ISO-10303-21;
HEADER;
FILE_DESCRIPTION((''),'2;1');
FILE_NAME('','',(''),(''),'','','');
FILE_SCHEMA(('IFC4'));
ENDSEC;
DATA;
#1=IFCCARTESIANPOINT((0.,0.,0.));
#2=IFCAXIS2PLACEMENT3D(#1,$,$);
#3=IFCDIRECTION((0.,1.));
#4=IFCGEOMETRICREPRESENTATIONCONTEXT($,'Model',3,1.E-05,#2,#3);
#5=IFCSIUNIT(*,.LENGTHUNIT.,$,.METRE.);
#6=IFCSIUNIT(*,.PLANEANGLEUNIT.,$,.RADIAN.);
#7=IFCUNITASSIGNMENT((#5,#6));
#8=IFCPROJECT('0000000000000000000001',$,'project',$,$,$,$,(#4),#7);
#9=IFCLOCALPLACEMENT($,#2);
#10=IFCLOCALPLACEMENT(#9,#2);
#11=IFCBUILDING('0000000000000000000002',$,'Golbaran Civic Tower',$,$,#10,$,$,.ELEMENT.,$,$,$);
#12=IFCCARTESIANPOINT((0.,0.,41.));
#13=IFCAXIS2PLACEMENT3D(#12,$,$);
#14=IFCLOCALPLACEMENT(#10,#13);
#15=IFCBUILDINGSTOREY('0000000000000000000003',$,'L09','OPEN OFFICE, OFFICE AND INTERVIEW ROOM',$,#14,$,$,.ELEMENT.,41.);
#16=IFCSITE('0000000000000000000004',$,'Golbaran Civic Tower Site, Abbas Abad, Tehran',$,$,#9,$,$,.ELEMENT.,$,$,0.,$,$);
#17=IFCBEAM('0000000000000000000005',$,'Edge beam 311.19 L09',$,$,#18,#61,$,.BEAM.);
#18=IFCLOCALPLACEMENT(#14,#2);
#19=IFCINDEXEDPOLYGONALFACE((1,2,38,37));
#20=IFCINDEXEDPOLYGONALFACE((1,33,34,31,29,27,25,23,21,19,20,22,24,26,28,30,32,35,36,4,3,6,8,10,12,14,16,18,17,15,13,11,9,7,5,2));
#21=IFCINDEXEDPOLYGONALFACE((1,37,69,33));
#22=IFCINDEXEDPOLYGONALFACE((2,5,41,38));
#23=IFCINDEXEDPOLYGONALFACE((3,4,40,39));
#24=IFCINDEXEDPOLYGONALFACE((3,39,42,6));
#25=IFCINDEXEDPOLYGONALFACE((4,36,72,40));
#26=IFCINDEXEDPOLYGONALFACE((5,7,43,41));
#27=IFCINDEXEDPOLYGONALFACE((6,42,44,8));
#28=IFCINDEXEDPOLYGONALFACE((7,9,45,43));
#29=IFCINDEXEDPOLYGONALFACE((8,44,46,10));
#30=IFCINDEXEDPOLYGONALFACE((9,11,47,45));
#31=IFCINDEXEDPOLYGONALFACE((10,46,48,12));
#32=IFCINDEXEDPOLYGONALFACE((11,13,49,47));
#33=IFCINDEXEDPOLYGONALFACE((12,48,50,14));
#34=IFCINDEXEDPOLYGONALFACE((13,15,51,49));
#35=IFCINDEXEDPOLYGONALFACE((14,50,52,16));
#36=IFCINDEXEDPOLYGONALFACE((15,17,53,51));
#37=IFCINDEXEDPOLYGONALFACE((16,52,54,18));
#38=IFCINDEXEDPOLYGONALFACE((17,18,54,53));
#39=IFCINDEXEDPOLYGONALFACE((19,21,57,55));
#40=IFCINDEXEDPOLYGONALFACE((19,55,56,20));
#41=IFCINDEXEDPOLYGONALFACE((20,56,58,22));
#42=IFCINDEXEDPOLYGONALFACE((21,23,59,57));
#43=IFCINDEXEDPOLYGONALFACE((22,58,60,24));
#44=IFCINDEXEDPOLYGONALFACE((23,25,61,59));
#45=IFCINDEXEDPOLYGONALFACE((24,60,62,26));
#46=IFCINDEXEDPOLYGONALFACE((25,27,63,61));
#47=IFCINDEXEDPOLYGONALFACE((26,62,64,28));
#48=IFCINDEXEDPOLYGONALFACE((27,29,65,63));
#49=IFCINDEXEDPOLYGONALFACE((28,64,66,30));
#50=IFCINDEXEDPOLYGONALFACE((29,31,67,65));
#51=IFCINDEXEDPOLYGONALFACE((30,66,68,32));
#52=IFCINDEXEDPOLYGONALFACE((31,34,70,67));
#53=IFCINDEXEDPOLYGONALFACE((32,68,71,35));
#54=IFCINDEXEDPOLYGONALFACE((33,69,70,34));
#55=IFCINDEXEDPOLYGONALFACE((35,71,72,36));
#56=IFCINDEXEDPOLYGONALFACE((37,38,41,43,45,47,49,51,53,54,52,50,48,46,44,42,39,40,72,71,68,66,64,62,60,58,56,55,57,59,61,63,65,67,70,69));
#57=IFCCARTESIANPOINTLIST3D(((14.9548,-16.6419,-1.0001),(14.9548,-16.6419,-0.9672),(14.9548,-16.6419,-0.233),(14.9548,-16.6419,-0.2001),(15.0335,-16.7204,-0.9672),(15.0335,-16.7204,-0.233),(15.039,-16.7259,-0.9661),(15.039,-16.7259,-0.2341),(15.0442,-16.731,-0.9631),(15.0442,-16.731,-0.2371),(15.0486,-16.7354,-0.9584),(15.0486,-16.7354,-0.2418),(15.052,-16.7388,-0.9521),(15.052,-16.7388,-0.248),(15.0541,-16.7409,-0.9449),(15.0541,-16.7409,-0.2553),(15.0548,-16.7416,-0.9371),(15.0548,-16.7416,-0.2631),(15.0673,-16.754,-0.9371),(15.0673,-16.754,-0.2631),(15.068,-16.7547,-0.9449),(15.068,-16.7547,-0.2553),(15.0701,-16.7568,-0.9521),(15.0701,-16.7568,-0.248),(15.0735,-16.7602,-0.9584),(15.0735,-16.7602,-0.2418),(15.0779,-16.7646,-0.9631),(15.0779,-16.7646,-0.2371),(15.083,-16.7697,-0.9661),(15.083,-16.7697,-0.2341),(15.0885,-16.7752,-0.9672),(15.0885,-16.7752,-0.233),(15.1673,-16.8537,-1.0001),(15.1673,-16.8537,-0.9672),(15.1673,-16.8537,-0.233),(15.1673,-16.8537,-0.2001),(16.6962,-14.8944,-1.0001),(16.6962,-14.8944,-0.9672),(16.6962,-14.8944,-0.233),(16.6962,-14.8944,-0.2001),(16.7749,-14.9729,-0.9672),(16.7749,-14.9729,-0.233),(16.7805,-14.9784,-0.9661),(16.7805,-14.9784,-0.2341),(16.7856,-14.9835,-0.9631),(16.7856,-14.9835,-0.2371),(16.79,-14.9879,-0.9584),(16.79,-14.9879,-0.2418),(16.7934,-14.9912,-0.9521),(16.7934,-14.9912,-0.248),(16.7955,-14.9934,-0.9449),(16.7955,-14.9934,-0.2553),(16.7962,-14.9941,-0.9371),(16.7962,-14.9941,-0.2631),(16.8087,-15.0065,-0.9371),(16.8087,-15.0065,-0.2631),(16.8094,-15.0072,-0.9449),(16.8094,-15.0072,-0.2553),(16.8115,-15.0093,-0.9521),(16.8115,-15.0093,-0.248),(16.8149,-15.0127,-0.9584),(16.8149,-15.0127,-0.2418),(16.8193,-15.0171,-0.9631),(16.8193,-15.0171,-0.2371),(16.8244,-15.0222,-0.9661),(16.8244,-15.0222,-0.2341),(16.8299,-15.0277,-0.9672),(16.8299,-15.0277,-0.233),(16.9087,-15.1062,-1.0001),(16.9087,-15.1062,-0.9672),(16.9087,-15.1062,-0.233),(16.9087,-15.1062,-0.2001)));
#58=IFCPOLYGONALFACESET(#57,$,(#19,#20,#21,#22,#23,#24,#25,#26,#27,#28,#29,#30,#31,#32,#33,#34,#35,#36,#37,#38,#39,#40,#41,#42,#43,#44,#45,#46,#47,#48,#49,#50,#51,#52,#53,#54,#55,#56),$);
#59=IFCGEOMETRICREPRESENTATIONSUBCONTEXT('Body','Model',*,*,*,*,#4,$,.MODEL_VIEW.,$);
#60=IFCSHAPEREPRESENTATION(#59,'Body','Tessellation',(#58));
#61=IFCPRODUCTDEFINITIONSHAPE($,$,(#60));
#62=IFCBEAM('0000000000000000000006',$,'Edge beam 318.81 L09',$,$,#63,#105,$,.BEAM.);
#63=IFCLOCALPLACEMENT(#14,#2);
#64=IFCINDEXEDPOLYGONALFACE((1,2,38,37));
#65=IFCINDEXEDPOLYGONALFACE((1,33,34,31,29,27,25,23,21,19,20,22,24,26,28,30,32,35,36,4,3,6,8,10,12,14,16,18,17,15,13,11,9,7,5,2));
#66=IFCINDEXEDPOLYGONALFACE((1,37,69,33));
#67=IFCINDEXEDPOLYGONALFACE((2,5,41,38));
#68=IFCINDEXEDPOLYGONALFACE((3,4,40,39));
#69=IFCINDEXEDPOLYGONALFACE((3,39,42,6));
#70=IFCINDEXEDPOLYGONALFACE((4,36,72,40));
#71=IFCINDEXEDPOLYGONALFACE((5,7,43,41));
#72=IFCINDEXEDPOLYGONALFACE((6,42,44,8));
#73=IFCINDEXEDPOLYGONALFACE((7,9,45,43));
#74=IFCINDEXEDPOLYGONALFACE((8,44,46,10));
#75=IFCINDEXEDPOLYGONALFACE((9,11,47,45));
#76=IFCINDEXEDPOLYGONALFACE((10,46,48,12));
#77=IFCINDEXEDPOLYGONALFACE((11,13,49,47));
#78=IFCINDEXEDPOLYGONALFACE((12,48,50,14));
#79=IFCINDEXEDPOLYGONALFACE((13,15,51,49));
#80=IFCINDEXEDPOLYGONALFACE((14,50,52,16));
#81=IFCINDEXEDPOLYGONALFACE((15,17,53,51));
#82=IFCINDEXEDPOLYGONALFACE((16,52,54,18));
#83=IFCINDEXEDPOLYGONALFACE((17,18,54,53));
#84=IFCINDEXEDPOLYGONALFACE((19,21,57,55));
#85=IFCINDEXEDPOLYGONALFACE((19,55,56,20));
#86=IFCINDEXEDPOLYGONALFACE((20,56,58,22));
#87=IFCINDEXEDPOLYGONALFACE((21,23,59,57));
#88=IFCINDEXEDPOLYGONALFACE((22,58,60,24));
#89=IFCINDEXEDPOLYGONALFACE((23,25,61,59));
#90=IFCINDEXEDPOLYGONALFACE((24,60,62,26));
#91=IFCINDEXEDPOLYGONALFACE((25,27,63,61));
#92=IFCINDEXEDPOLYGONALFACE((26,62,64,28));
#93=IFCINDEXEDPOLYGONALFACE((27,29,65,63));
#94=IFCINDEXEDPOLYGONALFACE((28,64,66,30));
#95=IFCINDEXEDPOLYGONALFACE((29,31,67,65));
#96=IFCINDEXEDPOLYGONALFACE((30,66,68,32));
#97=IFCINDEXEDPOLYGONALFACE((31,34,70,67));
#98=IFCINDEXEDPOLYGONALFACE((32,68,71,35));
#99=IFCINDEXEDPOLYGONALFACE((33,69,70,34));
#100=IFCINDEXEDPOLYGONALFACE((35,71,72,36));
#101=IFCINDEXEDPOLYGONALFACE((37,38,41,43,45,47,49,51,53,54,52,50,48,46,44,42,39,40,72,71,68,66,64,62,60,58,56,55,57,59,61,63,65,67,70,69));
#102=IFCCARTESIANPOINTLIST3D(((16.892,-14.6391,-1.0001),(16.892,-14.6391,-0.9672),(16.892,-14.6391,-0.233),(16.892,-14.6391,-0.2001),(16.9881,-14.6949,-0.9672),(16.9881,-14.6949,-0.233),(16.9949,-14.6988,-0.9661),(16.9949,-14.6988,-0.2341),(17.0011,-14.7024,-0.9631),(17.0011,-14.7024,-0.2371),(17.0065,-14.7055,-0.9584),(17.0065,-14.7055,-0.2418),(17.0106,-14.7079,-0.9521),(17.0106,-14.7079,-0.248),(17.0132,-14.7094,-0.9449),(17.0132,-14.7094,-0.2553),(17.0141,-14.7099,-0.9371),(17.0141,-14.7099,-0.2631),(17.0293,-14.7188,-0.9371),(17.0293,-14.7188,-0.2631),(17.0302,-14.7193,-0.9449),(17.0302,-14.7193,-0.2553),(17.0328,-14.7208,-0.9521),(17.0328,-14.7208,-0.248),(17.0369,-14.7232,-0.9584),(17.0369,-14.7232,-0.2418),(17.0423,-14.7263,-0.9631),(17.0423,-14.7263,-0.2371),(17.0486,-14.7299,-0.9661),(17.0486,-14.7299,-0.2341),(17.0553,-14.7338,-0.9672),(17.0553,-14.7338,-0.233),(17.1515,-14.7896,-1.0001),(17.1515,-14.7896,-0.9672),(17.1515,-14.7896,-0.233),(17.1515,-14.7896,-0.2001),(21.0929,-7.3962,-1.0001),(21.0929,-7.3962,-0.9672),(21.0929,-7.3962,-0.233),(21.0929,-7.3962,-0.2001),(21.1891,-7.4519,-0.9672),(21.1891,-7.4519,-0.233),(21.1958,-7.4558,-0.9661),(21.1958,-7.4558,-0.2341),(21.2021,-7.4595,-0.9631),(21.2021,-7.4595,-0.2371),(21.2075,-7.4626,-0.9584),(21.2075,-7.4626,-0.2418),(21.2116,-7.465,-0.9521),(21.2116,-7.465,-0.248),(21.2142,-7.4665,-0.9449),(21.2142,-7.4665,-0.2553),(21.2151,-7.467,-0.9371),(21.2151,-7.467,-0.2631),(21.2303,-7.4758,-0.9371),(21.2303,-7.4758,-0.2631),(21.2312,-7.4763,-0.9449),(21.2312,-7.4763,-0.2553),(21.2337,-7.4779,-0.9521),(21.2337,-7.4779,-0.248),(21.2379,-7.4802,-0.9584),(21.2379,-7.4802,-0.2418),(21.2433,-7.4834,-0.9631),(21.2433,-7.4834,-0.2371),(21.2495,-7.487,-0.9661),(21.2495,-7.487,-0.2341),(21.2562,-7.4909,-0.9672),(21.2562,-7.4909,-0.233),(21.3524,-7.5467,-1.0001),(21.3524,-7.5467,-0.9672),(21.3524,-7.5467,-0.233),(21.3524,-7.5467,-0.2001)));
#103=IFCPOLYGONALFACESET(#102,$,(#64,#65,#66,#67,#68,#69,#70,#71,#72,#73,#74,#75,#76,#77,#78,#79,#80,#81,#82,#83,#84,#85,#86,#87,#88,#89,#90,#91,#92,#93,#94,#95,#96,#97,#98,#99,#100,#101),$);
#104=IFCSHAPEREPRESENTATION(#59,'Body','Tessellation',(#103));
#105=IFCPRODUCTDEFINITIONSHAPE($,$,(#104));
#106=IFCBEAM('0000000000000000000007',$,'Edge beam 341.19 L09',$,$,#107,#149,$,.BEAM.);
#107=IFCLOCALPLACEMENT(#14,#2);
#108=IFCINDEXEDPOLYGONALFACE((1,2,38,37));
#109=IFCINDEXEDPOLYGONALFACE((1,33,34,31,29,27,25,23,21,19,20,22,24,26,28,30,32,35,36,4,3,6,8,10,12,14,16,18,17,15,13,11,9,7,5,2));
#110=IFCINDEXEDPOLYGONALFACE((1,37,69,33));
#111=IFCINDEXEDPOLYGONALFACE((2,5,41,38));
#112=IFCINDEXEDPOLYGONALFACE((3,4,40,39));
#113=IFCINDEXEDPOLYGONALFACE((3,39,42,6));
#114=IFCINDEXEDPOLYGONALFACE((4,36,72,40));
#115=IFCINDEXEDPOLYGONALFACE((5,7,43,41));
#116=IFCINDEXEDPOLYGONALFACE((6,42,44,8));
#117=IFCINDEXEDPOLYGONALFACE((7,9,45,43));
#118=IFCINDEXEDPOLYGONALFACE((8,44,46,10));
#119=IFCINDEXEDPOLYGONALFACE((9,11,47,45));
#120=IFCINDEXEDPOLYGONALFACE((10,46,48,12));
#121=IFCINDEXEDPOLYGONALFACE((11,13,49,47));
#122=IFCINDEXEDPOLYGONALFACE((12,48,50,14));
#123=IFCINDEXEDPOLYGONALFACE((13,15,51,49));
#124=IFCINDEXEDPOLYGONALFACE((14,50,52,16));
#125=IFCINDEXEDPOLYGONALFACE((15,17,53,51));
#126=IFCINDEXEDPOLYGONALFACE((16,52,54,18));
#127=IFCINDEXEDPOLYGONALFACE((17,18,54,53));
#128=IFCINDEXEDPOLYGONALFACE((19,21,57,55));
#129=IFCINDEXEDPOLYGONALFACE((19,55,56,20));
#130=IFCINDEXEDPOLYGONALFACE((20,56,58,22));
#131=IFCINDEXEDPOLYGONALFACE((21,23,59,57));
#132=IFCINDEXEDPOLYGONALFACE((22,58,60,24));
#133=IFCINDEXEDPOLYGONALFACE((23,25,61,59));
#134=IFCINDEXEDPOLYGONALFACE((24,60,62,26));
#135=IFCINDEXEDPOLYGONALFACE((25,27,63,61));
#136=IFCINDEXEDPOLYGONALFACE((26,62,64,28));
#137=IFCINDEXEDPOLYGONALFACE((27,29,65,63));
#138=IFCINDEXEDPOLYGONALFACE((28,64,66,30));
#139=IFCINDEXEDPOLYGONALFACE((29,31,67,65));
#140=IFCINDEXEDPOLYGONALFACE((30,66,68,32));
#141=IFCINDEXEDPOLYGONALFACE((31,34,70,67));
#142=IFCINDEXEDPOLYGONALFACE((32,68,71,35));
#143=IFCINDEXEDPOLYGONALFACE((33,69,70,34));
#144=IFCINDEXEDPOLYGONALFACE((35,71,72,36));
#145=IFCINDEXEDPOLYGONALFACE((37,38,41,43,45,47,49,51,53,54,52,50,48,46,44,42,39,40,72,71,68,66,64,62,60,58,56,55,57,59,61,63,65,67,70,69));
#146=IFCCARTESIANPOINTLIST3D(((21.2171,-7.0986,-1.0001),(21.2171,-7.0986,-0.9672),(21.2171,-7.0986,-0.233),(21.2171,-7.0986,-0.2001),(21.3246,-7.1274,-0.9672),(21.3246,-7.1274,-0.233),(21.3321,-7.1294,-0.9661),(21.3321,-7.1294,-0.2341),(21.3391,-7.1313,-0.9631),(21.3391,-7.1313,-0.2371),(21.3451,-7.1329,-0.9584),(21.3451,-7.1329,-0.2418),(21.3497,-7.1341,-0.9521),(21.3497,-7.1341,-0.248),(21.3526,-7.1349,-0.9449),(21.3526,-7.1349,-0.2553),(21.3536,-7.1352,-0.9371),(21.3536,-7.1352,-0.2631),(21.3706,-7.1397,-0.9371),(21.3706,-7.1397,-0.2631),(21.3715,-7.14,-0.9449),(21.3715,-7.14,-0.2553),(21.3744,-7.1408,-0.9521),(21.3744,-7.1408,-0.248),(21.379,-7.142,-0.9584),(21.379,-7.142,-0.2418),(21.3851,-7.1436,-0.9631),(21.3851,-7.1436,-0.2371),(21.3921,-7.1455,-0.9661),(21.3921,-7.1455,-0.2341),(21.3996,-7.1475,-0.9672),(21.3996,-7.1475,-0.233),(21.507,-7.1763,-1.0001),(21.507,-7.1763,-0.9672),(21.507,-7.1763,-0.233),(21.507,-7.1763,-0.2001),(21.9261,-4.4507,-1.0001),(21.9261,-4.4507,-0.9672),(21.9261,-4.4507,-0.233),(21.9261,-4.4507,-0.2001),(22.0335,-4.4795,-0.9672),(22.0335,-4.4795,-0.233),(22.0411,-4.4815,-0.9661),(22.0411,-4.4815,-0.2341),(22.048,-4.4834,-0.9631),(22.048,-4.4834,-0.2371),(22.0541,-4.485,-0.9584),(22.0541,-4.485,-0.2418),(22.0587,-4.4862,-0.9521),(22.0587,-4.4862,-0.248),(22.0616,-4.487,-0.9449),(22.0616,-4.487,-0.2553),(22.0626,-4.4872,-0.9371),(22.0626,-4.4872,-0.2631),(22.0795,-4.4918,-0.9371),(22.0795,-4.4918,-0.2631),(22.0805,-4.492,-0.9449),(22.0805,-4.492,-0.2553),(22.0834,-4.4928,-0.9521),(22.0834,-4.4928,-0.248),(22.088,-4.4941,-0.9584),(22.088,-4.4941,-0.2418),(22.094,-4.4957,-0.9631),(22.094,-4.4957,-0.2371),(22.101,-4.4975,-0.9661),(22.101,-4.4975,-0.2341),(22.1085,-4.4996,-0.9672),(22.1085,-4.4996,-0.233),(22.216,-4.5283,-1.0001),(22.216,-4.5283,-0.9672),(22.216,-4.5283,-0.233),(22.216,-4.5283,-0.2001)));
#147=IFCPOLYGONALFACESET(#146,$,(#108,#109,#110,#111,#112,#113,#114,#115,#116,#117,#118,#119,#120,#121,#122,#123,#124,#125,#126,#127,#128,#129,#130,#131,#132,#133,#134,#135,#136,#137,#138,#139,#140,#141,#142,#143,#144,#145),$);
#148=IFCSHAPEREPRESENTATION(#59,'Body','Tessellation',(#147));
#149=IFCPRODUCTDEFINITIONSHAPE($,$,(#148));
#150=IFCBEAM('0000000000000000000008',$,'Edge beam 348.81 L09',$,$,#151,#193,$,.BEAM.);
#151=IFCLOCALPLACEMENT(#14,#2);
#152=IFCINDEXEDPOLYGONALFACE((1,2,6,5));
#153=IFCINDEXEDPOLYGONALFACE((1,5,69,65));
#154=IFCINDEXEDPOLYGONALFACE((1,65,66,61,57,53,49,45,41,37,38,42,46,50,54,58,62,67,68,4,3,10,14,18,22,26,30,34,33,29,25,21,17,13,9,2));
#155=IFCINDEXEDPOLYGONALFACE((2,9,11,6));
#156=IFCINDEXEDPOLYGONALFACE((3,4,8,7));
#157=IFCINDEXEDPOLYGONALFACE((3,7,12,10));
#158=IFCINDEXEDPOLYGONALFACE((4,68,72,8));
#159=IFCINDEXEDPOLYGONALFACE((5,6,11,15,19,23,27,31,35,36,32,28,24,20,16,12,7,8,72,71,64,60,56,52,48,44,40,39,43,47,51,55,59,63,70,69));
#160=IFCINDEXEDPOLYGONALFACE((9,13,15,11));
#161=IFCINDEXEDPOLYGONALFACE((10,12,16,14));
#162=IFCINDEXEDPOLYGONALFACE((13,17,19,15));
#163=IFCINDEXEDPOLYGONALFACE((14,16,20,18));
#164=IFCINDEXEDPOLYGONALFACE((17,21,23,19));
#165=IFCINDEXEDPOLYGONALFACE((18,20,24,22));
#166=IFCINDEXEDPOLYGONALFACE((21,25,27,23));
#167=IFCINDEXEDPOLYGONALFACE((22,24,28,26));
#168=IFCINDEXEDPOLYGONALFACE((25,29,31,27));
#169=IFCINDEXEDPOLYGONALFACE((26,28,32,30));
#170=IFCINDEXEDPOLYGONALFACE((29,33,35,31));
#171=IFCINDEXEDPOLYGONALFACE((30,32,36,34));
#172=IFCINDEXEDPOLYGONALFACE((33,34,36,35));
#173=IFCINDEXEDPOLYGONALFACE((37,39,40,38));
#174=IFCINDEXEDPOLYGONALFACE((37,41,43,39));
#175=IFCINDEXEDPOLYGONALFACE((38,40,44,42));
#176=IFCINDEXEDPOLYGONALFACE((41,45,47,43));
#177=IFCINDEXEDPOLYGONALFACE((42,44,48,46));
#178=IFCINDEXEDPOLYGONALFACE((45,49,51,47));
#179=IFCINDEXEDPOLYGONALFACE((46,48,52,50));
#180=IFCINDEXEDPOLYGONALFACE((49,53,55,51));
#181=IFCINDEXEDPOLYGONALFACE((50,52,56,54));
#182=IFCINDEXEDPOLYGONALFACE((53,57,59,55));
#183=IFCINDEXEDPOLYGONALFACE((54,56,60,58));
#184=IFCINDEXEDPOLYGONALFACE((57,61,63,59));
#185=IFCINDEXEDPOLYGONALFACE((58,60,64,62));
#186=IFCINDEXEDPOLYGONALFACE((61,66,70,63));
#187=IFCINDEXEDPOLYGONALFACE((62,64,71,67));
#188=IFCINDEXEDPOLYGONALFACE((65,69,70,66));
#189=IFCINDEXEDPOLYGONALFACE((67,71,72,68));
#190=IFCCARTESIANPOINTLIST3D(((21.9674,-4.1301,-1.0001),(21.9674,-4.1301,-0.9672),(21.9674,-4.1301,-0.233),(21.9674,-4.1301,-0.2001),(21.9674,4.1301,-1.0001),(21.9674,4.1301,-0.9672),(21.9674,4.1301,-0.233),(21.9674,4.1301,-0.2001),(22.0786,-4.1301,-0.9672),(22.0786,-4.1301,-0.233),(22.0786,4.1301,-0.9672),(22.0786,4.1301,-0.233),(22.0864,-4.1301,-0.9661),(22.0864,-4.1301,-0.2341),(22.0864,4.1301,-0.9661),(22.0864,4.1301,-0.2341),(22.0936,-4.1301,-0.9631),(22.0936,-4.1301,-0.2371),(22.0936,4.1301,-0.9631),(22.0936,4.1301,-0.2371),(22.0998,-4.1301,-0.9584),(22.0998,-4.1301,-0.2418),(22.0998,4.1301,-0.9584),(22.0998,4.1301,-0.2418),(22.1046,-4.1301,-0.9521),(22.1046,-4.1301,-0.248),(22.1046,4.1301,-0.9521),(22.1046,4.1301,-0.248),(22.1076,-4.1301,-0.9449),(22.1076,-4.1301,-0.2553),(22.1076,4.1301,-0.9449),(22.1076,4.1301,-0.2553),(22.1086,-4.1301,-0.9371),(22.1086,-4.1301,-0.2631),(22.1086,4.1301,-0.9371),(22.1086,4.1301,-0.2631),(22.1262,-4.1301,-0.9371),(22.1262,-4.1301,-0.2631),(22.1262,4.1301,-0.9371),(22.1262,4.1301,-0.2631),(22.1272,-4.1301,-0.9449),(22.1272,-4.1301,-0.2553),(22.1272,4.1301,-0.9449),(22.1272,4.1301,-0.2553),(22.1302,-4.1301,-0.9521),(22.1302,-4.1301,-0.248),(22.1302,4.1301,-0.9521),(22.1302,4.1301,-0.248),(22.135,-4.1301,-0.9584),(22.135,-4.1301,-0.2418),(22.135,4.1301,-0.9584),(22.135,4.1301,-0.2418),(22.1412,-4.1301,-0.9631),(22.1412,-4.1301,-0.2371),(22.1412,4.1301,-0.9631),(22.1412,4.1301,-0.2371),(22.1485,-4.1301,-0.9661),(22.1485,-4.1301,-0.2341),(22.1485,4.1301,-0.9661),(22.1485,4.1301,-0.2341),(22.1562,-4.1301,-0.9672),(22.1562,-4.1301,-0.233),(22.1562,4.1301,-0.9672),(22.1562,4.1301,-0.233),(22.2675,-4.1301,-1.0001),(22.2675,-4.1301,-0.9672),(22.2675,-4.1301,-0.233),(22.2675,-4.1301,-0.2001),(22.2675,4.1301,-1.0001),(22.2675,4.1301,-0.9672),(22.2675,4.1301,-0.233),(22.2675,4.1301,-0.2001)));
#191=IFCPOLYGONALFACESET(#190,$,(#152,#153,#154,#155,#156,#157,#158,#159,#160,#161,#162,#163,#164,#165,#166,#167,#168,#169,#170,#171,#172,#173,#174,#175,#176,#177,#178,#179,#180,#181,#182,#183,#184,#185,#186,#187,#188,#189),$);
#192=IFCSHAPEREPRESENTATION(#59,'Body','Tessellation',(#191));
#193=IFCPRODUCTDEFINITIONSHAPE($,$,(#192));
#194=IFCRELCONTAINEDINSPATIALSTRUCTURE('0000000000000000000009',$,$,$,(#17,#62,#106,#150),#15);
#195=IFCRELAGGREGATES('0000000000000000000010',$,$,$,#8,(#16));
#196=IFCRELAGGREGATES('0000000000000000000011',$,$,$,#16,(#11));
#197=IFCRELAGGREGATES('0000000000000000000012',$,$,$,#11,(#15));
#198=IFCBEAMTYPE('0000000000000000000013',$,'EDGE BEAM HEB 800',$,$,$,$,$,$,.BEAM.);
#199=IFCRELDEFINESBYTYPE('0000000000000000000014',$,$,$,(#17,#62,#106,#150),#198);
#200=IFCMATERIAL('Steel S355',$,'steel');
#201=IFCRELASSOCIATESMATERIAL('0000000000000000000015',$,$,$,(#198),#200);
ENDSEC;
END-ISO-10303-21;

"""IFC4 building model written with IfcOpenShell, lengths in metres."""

from ifc_helpers import new_model, si_unit, direction, frame, origin, origin_2d, place, context, subcontext, project, spatial, i_section, extrude, material, material_profile, profile_set, type_object, element, save


model = new_model("IFC4")

# Units and contexts
model_context = context("Model", 3, precision=1e-05, world=origin(), true_north=direction((0.0, 1.0)))
body_context = subcontext(model_context, "Body", "Model", "MODEL_VIEW")
ifc_project = project(units=[si_unit("LENGTHUNIT", "METRE"), si_unit("PLANEANGLEUNIT", "RADIAN")], contexts=[model_context])

# Site, building, storey
site_placement = place(None, origin())
site = spatial("IfcSite", under=ifc_project, at=site_placement, Name="Golbaran Civic Tower Site, Abbas Abad, Tehran", CompositionType="ELEMENT", RefElevation=0.0)
building_placement = place(site_placement, origin())
building = spatial("IfcBuilding", under=site, at=building_placement, Name="Golbaran Civic Tower", CompositionType="ELEMENT")
storey_placement = place(building_placement, frame((0.0, 0.0, 41.0)))
storey = spatial("IfcBuildingStorey", under=building, at=storey_placement, Name="L09", Description="OPEN OFFICE, OFFICE AND INTERVIEW ROOM", CompositionType="ELEMENT", Elevation=41.0)

# Beams
ifc_material_1 = material(Name="Steel S355", Category="steel")
ifc_material_profile_1 = material_profile(ifc_material_1, i_section(OverallWidth=0.3, OverallDepth=0.8, WebThickness=0.0176, FlangeThickness=0.033, FilletRadius=0.03, at=origin_2d()), Name="HEB 800")
ifc_profile_set_1 = profile_set([ifc_material_profile_1], Name="Steel S355")
beam_type_1 = type_object("IfcBeamType", Name="EDGE BEAM HEB 800", PredefinedType="BEAM", material=ifc_profile_set_1)
beam_1_placement = place(storey_placement, frame((15.061, -16.7478, -0.6001), z_axis=(0.705869, 0.708343, 0.0), x_axis=(-0.708343, 0.705869, 0.0)))
element("IfcBeam", 1, at=beam_1_placement, inside=storey, type_object=beam_type_1, Name="Edge beam 311.19 L09", PredefinedType="BEAM", context=body_context, shape_type="SweptSolid", body=[
    extrude(i_section(OverallWidth=0.3, OverallDepth=0.8, WebThickness=0.0176, FlangeThickness=0.033, FilletRadius=0.03, at=origin_2d()), origin(), (0.0, 0.0, 1.0), 2.467),
])
beam_2_placement = place(storey_placement, frame((17.0217, -14.7144, -0.6001), z_axis=(0.501721, 0.865029, 0.0), x_axis=(-0.865029, 0.501721, 0.0)))
element("IfcBeam", 2, at=beam_2_placement, inside=storey, type_object=beam_type_1, Name="Edge beam 318.81 L09", PredefinedType="BEAM", context=body_context, shape_type="SweptSolid", body=[
    extrude(i_section(OverallWidth=0.3, OverallDepth=0.8, WebThickness=0.0176, FlangeThickness=0.033, FilletRadius=0.03, at=origin_2d()), origin(), (0.0, 0.0, 1.0), 8.373),
])
beam_3_placement = place(storey_placement, frame((21.3621, -7.1375, -0.6001), z_axis=(0.258638, 0.965974, 0.0), x_axis=(-0.965974, 0.258638, 0.0)))
element("IfcBeam", 3, at=beam_3_placement, inside=storey, type_object=beam_type_1, Name="Edge beam 341.19 L09", PredefinedType="BEAM", context=body_context, shape_type="SweptSolid", body=[
    extrude(i_section(OverallWidth=0.3, OverallDepth=0.8, WebThickness=0.0176, FlangeThickness=0.033, FilletRadius=0.03, at=origin_2d()), origin(), (0.0, 0.0, 1.0), 2.7412),
])
beam_4_placement = place(storey_placement, frame((22.1174, -4.1301, -0.6001), z_axis=(0.0, 1.0, 0.0), x_axis=(-1.0, 0.0, 0.0)))
element("IfcBeam", 4, at=beam_4_placement, inside=storey, type_object=beam_type_1, Name="Edge beam 348.81 L09", PredefinedType="BEAM", context=body_context, shape_type="SweptSolid", body=[
    extrude(i_section(OverallWidth=0.3, OverallDepth=0.8, WebThickness=0.0176, FlangeThickness=0.033, FilletRadius=0.03, at=origin_2d()), origin(), (0.0, 0.0, 1.0), 8.2603),
])

save(model, "model.ifc")
